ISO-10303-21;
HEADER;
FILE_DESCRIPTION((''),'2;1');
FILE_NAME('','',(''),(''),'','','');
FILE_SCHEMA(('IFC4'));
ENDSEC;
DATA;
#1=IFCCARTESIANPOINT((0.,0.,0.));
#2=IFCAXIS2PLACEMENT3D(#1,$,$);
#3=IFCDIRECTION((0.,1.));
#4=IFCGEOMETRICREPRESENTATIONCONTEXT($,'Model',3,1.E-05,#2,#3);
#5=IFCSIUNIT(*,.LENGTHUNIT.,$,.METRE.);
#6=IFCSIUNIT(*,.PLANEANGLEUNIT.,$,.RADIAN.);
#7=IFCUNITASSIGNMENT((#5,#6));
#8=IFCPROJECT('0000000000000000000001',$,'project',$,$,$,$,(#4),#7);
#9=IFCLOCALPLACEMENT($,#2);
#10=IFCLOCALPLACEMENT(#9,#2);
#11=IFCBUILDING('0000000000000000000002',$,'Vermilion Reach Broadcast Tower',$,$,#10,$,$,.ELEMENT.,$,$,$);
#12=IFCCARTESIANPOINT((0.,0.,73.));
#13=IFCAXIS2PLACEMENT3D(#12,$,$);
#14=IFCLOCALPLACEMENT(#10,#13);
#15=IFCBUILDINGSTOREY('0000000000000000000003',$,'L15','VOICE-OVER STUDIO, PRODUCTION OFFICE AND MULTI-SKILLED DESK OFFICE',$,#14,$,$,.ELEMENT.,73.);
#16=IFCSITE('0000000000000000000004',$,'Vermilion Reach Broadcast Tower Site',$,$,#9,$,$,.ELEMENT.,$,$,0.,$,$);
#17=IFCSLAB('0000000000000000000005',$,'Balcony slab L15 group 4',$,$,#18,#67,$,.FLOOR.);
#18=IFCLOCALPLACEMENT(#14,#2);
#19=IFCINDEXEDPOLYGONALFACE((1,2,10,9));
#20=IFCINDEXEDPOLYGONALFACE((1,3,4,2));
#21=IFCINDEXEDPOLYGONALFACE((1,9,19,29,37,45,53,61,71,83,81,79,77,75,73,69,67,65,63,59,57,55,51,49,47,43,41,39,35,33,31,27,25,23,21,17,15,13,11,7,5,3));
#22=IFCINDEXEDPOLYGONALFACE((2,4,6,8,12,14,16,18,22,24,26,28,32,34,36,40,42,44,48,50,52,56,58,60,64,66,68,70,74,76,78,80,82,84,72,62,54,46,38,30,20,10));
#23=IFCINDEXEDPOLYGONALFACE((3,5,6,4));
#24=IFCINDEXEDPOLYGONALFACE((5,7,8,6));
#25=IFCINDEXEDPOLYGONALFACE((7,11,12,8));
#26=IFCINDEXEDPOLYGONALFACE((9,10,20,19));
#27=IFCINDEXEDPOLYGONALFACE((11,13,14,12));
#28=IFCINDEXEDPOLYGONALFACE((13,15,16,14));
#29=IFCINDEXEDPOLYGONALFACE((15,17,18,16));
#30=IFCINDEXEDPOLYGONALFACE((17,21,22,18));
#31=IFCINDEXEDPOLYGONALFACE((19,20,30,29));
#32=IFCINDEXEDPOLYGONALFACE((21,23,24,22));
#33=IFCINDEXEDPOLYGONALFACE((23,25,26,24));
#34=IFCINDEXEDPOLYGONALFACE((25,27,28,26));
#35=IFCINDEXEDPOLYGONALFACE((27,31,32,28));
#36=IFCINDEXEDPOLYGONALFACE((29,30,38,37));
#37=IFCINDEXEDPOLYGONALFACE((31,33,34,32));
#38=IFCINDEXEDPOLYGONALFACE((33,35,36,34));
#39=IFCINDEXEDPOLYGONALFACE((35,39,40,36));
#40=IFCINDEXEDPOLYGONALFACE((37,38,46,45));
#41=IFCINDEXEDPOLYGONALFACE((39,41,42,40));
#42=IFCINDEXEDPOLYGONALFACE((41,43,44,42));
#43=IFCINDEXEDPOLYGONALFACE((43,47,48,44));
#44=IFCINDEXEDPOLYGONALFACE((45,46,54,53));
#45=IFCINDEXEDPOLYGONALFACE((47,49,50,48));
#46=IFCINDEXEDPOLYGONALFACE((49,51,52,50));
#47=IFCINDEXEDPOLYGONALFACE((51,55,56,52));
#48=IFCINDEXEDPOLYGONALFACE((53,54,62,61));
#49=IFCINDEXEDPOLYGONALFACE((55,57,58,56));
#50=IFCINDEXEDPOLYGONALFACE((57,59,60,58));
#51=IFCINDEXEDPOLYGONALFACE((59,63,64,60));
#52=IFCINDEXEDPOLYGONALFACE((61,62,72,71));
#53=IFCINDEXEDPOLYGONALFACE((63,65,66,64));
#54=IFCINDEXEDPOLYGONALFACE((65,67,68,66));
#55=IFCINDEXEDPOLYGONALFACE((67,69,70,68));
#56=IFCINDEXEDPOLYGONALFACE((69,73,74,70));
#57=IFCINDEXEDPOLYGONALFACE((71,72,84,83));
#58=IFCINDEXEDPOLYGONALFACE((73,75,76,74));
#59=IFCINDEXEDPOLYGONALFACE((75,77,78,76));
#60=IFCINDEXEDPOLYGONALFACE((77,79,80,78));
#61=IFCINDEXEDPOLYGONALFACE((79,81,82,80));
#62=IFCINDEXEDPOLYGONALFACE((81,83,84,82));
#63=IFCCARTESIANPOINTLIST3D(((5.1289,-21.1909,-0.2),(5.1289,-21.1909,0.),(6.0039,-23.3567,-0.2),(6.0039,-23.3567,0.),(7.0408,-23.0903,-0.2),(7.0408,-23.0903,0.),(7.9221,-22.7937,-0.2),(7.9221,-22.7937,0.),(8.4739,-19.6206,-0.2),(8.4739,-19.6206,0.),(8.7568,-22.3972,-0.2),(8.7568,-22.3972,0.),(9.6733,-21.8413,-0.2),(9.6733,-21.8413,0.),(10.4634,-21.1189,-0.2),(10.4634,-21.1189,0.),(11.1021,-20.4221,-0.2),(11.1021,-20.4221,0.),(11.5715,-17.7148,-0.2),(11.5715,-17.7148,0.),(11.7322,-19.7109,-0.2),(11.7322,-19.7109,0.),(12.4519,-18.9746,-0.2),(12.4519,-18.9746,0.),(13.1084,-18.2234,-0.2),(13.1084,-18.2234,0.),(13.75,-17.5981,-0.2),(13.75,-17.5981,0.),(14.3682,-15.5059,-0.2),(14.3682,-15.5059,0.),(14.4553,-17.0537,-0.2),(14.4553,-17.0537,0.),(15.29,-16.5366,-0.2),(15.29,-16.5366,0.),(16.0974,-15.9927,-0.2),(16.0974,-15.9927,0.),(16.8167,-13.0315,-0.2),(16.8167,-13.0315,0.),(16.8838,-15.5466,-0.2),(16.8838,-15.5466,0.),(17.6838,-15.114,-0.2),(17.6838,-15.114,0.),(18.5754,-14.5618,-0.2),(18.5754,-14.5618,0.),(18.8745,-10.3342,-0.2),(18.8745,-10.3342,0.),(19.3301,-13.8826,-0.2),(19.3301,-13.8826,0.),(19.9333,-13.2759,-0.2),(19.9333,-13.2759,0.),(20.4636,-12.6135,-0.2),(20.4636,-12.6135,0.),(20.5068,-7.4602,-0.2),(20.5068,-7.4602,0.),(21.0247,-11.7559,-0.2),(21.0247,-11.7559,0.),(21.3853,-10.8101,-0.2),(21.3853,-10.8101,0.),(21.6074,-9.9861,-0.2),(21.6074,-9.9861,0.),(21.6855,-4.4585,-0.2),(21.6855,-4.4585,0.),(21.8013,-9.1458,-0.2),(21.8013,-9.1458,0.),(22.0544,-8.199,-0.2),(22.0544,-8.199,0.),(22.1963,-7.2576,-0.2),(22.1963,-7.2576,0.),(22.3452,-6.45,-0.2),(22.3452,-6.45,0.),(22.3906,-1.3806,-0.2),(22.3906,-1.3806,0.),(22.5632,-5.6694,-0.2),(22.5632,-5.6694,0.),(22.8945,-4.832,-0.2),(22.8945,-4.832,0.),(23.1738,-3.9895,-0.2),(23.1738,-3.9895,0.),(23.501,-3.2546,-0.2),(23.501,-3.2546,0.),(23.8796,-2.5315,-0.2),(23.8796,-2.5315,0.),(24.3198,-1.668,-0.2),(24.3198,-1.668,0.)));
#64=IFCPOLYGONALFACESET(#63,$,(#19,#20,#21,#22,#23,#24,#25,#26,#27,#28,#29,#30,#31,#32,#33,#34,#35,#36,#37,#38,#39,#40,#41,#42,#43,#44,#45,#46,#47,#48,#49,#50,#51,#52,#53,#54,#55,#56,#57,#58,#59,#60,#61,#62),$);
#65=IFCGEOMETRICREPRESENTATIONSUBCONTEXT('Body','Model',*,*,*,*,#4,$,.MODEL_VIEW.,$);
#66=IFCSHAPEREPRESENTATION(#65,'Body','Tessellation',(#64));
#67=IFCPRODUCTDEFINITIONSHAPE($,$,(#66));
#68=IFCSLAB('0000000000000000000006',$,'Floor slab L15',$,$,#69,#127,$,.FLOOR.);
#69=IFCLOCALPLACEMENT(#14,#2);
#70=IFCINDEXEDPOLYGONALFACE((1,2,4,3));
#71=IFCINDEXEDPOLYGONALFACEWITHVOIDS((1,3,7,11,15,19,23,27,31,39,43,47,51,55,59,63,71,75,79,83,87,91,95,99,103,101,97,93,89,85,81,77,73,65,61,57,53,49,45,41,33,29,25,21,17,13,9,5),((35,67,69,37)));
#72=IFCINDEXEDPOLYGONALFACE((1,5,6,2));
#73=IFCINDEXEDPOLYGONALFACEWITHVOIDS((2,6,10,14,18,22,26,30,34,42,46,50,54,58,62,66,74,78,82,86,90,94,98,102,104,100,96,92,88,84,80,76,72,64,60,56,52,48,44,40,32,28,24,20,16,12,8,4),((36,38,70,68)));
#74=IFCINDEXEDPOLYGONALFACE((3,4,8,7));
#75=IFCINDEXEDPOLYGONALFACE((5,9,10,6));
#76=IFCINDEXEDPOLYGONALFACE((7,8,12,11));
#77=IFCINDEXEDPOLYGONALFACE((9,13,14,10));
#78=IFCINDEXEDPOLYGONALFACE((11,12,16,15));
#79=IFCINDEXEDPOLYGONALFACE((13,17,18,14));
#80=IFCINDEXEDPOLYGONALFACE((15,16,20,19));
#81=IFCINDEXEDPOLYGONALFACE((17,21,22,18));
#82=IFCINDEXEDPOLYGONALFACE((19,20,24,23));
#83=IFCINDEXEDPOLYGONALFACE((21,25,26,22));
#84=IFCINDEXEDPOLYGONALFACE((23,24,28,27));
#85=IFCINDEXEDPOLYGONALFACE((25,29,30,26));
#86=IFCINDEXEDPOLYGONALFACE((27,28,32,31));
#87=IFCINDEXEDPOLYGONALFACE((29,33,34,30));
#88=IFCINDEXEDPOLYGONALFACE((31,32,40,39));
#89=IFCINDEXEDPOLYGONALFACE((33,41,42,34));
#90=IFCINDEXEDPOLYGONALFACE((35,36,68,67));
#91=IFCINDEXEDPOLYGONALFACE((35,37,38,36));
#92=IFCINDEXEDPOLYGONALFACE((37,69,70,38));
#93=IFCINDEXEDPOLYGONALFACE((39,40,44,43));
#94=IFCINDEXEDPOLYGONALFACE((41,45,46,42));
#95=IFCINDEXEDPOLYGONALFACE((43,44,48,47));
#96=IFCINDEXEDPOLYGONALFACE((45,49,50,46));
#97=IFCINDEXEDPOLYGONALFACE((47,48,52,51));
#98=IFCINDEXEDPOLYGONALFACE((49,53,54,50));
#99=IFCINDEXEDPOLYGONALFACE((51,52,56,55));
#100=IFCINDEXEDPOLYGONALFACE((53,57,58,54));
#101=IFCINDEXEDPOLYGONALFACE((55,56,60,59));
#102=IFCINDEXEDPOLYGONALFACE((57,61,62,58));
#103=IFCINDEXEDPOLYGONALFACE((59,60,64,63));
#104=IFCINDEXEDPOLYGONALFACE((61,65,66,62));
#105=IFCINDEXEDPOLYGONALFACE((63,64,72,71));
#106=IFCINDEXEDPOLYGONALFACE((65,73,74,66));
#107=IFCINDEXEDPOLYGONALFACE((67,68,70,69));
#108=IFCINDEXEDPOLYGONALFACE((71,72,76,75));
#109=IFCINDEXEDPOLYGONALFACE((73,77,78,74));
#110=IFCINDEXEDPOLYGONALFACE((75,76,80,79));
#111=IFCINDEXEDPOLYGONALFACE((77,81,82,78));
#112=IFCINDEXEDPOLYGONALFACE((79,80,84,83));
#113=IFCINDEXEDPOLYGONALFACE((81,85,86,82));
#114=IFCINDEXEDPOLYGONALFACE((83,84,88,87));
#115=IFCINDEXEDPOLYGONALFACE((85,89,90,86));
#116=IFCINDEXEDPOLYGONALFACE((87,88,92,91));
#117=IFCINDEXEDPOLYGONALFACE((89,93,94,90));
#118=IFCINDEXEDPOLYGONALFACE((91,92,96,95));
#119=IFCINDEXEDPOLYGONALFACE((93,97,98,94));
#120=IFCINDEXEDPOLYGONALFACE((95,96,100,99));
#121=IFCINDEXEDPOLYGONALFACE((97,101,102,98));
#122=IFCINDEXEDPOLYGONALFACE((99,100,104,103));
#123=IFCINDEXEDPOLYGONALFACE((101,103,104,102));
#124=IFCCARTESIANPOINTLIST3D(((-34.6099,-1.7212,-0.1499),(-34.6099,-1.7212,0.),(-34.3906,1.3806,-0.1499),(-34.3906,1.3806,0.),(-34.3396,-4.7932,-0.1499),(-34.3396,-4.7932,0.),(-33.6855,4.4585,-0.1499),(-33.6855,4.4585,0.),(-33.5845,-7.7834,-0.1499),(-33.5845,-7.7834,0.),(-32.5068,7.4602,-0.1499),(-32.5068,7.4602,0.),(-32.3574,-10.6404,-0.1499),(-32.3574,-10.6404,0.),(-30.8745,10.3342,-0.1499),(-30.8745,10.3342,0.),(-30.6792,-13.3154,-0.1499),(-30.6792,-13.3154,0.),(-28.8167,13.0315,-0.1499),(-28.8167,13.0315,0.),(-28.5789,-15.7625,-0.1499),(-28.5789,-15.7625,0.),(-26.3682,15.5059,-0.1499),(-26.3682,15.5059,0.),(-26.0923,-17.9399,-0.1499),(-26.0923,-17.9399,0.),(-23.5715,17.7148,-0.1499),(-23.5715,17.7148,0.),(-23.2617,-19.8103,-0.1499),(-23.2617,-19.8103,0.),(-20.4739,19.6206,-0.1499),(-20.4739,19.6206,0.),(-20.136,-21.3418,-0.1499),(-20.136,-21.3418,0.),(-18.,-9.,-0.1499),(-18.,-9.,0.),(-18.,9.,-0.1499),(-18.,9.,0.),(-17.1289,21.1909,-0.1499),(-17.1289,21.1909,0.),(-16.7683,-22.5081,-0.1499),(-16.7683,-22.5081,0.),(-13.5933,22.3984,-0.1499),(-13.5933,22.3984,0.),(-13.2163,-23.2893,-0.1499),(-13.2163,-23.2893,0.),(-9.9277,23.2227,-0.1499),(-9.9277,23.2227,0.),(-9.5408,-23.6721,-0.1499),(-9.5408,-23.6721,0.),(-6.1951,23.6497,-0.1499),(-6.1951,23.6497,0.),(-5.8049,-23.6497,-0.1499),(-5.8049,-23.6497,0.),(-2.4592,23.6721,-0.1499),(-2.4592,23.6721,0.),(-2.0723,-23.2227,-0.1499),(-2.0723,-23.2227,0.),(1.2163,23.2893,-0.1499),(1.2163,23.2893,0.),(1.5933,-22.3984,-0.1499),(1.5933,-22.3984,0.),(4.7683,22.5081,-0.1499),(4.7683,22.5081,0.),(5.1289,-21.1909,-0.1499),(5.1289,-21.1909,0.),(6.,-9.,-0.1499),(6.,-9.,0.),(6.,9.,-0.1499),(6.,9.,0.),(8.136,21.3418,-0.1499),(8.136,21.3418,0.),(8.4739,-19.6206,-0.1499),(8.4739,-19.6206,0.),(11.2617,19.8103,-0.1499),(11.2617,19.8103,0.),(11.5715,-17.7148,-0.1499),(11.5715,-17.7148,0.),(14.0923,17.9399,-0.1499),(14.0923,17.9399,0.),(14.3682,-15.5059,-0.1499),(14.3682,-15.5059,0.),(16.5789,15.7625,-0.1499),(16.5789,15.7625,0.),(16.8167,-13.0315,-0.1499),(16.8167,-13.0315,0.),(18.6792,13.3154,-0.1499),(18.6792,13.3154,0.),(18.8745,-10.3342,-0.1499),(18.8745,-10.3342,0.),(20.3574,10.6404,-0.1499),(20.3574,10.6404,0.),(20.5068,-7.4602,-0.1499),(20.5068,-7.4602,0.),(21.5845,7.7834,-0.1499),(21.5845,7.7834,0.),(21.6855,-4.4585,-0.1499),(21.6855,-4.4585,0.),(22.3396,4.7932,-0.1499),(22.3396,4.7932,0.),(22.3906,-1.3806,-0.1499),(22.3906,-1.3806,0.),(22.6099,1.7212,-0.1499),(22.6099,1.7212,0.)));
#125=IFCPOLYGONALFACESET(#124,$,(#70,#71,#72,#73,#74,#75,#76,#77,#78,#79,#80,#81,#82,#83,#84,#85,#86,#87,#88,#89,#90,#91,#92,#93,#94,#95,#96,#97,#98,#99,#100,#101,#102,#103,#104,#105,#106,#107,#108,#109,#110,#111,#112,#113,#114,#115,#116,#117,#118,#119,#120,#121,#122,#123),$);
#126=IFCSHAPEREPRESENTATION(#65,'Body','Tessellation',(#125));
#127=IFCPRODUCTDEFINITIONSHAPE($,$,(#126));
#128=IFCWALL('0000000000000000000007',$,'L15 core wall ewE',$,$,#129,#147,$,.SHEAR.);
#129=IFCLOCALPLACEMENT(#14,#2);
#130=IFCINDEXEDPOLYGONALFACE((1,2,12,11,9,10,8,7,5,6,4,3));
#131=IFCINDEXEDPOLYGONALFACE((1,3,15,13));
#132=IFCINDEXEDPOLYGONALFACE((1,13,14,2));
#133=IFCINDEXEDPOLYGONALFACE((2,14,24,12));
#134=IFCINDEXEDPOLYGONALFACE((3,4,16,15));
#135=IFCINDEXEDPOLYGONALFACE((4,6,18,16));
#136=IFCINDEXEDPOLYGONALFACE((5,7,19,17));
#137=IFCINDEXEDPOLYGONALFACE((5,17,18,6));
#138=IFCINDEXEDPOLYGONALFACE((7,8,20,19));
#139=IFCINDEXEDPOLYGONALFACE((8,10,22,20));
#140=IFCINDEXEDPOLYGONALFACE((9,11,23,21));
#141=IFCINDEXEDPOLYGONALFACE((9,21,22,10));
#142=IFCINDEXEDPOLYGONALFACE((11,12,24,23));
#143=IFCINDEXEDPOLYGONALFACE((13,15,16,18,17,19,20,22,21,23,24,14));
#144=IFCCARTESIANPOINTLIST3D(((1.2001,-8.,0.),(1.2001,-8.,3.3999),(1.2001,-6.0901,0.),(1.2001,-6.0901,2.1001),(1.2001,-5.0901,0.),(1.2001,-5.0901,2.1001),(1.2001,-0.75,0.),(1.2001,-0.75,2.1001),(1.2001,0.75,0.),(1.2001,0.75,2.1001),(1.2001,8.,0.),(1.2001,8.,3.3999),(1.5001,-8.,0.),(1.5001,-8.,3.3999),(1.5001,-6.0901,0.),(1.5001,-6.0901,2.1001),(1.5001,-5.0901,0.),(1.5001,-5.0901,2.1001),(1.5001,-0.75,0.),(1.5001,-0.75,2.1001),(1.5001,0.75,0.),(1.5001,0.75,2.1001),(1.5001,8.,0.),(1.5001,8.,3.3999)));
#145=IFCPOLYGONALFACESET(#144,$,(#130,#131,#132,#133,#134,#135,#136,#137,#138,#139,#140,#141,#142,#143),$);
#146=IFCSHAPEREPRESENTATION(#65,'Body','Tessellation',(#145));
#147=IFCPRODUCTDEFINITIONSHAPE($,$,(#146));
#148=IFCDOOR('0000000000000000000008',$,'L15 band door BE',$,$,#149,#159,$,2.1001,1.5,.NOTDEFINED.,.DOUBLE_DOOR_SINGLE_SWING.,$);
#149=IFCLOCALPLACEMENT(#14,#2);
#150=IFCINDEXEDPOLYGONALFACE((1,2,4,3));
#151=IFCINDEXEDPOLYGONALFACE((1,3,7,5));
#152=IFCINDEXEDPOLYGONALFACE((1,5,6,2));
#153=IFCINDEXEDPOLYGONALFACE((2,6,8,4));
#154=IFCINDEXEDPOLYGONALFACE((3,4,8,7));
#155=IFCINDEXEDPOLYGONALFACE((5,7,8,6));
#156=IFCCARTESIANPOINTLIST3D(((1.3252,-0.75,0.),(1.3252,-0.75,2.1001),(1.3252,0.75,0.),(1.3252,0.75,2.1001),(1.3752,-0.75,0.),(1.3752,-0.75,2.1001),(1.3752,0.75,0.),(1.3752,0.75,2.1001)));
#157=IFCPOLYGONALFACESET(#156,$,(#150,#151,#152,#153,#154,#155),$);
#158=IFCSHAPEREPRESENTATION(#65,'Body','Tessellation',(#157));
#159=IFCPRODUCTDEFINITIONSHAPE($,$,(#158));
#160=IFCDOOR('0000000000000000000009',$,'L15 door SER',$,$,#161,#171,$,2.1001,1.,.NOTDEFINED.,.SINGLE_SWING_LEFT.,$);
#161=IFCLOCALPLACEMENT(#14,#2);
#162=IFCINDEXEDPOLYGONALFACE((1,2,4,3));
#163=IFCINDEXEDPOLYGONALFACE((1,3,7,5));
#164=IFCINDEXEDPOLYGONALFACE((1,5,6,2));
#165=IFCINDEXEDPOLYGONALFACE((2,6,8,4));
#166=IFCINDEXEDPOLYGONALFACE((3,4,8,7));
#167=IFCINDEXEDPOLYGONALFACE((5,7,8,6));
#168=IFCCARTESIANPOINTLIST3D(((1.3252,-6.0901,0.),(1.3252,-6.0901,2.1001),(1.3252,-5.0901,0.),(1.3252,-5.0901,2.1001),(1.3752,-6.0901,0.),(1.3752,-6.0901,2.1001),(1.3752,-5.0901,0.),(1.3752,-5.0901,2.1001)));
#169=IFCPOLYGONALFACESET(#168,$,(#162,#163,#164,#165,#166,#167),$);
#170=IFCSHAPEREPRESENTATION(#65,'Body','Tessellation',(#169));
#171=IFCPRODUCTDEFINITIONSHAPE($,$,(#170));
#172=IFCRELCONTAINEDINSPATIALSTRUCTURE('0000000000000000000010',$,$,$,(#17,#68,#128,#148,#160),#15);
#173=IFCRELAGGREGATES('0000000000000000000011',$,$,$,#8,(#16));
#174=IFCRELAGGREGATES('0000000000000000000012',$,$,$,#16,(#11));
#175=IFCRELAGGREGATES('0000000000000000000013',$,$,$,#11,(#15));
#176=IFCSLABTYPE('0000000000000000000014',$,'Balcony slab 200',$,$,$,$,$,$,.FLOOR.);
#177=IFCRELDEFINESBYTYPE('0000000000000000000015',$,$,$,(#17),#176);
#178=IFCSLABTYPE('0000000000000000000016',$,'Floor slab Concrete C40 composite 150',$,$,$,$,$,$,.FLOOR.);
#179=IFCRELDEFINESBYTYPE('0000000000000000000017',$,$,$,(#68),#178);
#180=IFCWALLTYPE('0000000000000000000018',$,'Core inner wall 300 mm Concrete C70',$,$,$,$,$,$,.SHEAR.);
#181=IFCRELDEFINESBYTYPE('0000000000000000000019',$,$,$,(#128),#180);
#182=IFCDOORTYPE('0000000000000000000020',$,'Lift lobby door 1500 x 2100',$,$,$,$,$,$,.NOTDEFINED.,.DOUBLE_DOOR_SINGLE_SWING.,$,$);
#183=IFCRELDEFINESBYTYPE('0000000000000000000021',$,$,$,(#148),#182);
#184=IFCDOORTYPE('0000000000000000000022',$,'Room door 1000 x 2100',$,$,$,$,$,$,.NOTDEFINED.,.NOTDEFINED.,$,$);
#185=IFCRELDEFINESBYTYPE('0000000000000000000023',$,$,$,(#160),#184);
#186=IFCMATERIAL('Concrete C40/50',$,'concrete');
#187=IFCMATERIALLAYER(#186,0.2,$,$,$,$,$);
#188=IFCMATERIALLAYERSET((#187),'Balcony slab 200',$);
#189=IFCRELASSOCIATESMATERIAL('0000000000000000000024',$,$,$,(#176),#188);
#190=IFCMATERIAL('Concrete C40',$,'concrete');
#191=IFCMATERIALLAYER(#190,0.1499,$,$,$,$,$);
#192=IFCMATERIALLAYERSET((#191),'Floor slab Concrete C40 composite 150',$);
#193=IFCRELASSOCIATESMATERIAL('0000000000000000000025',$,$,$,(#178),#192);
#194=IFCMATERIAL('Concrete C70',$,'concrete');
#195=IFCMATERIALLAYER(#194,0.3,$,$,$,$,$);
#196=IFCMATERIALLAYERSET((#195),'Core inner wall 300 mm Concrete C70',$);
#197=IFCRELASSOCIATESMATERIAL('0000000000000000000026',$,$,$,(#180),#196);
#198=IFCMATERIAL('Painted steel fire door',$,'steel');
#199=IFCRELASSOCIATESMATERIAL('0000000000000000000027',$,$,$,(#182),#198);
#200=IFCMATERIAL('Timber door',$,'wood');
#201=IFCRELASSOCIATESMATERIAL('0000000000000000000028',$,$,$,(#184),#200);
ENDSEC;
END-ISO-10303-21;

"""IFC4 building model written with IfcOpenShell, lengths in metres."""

from ifc_helpers import new_model, si_unit, direction, frame, frame_2d, origin, place, context, subcontext, project, spatial, polyline, rectangle, outline, extrude, material, layer, layer_set, type_object, element, fill, save


model = new_model("IFC4")

# Units and contexts
model_context = context("Model", 3, precision=1e-05, world=origin(), true_north=direction((0.0, 1.0)))
body_context = subcontext(model_context, "Body", "Model", "MODEL_VIEW")
ifc_project = project(units=[si_unit("LENGTHUNIT", "METRE"), si_unit("PLANEANGLEUNIT", "RADIAN")], contexts=[model_context])

# Site, building, storey
site_placement = place(None, origin())
site = spatial("IfcSite", under=ifc_project, at=site_placement, Name="Vermilion Reach Broadcast Tower Site", CompositionType="ELEMENT", RefElevation=0.0)
building_placement = place(site_placement, origin())
building = spatial("IfcBuilding", under=site, at=building_placement, Name="Vermilion Reach Broadcast Tower", CompositionType="ELEMENT")
storey_placement = place(building_placement, frame((0.0, 0.0, 73.0)))
storey = spatial("IfcBuildingStorey", under=building, at=storey_placement, Name="L15", Description="VOICE-OVER STUDIO, PRODUCTION OFFICE AND MULTI-SKILLED DESK OFFICE", CompositionType="ELEMENT", Elevation=73.0)

# Slabs
ifc_material_1 = material(Name="Concrete C40/50", Category="concrete")
ifc_layer_1 = layer(ifc_material_1, 0.2)
ifc_layer_set_1 = layer_set([ifc_layer_1], Name="Balcony slab 200")
slab_type_1 = type_object("IfcSlabType", Name="Balcony slab 200", PredefinedType="FLOOR", material=ifc_layer_set_1)
placement_1 = place(storey_placement, frame((0.0, 0.0, -0.2)))
element("IfcSlab", 1, at=placement_1, inside=storey, type_object=slab_type_1, Name="Balcony slab L15 group 4", PredefinedType="FLOOR", context=body_context, shape_type="SweptSolid", body=[
    extrude(outline(polyline([(5.1289, -21.1909), (8.4739, -19.6206), (11.5715, -17.7148), (14.3682, -15.5059), (16.8167, -13.0315), (18.8745, -10.3342), (20.5068, -7.4602), (21.6855, -4.4585), (22.3906, -1.3806), (24.3198, -1.668), (23.8796, -2.5315), (23.501, -3.2546), (23.1738, -3.9895), (22.8945, -4.832), (22.5632, -5.6694), (22.3452, -6.45), (22.1963, -7.2576), (22.0544, -8.199), (21.8013, -9.1458), (21.6074, -9.9861), (21.3853, -10.8101), (21.0247, -11.7559), (20.4636, -12.6135), (19.9333, -13.2759), (19.3301, -13.8826), (18.5754, -14.5618), (17.6838, -15.114), (16.8838, -15.5466), (16.0974, -15.9927), (15.29, -16.5366), (14.4553, -17.0537), (13.75, -17.5981), (13.1084, -18.2234), (12.4519, -18.9746), (11.7322, -19.7109), (11.1021, -20.4221), (10.4634, -21.1189), (9.6733, -21.8413), (8.7568, -22.3972), (7.9221, -22.7937), (7.0408, -23.0903), (6.0039, -23.3567), (5.1289, -21.1909)])), origin(), (0.0, 0.0, 1.0), 0.2),
])
ifc_material_2 = material(Name="Concrete C40", Category="concrete")
ifc_layer_2 = layer(ifc_material_2, 0.1499)
ifc_layer_set_2 = layer_set([ifc_layer_2], Name="Floor slab Concrete C40 composite 150")
slab_type_2 = type_object("IfcSlabType", Name="Floor slab Concrete C40 composite 150", PredefinedType="FLOOR", material=ifc_layer_set_2)
slab_1_placement = place(storey_placement, frame((0.0, 0.0, -0.1499)))
element("IfcSlab", 2, at=slab_1_placement, inside=storey, type_object=slab_type_2, Name="Floor slab L15", PredefinedType="FLOOR", context=body_context, shape_type="SweptSolid", body=[
    extrude(outline(polyline([(22.3396, 4.7932), (21.5845, 7.7834), (20.3574, 10.6404), (18.6792, 13.3154), (16.5789, 15.7625), (14.0923, 17.9399), (11.2617, 19.8103), (8.136, 21.3418), (4.7683, 22.5081), (1.2163, 23.2893), (-2.4592, 23.6721), (-6.1951, 23.6497), (-9.9277, 23.2227), (-13.5933, 22.3984), (-17.1289, 21.1909), (-20.4739, 19.6206), (-23.5715, 17.7148), (-26.3682, 15.5059), (-28.8167, 13.0315), (-30.8745, 10.3342), (-32.5068, 7.4602), (-33.6855, 4.4585), (-34.3906, 1.3806), (-34.6099, -1.7212), (-34.3396, -4.7932), (-33.5845, -7.7834), (-32.3574, -10.6404), (-30.6792, -13.3154), (-28.5789, -15.7625), (-26.0923, -17.9399), (-23.2617, -19.8103), (-20.136, -21.3418), (-16.7683, -22.5081), (-13.2163, -23.2893), (-9.5408, -23.6721), (-5.8049, -23.6497), (-2.0723, -23.2227), (1.5933, -22.3984), (5.1289, -21.1909), (8.4739, -19.6206), (11.5715, -17.7148), (14.3682, -15.5059), (16.8167, -13.0315), (18.8745, -10.3342), (20.5068, -7.4602), (21.6855, -4.4585), (22.3906, -1.3806), (22.6099, 1.7212), (22.3396, 4.7932)]), holes=[polyline([(-18.0, -9.0), (6.0, -9.0), (6.0, 9.0), (-18.0, 9.0), (-18.0, -9.0)])]), origin(), (0.0, 0.0, 1.0), 0.1499),
])

# Wall, openings, doors
ifc_material_3 = material(Name="Concrete C70", Category="concrete")
ifc_layer_3 = layer(ifc_material_3, 0.3)
ifc_layer_set_3 = layer_set([ifc_layer_3], Name="Core inner wall 300 mm Concrete C70")
wall_type_1 = type_object("IfcWallType", Name="Core inner wall 300 mm Concrete C70", PredefinedType="SHEAR", material=ifc_layer_set_3)
wall_1_placement = place(storey_placement, frame((1.3501, -8.0, 0.0), z_axis=(0.0, 0.0, 1.0), x_axis=(0.0, 1.0, 0.0)))
wall_1 = element("IfcWall", 3, at=wall_1_placement, inside=storey, type_object=wall_type_1, Name="L15 core wall ewE", PredefinedType="SHEAR", context=body_context, shape_type="SweptSolid", body=[
    extrude(rectangle(XDim=16.0, YDim=0.3, at=frame_2d((8.0, 0.0))), origin(), (0.0, 0.0, 1.0), 3.3999),
])
opening_1_placement = place(wall_1_placement, frame((1.9099, 0.0, 0.0)))
opening_1 = element("IfcOpeningElement", 4, at=opening_1_placement, cuts=wall_1, PredefinedType="OPENING", context=body_context, shape_type="SweptSolid", body=[
    extrude(rectangle(XDim=1.0, YDim=2.1001, at=frame_2d((0.5, 1.05))), frame((0.0, 0.1599, 0.0), z_axis=(0.0, -1.0, 0.0), x_axis=(1.0, 0.0, 0.0)), (0.0, 0.0, 1.0), 0.3201),
])
opening_2_placement = place(wall_1_placement, frame((7.25, 0.0, 0.0)))
opening_2 = element("IfcOpeningElement", 5, at=opening_2_placement, cuts=wall_1, PredefinedType="OPENING", context=body_context, shape_type="SweptSolid", body=[
    extrude(rectangle(XDim=1.5, YDim=2.1001, at=frame_2d((0.75, 1.05))), frame((0.0, 0.1599, 0.0), z_axis=(0.0, -1.0, 0.0), x_axis=(1.0, 0.0, 0.0)), (0.0, 0.0, 1.0), 0.3201),
])
ifc_material_4 = material(Name="Painted steel fire door", Category="steel")
door_type_1 = type_object("IfcDoorType", Name="Lift lobby door 1500 x 2100", OperationType="DOUBLE_DOOR_SINGLE_SWING", PredefinedType="NOTDEFINED", material=ifc_material_4)
door_1_placement = place(opening_2_placement, origin())
door_1 = element("IfcDoor", 6, at=door_1_placement, inside=storey, type_object=door_type_1, Name="L15 band door BE", OperationType="DOUBLE_DOOR_SINGLE_SWING", OverallHeight=2.1001, OverallWidth=1.5, PredefinedType="NOTDEFINED", context=body_context, shape_type="SweptSolid", body=[
    extrude(rectangle(XDim=1.5, YDim=2.1001, at=frame_2d((0.75, 1.05))), frame((0.0, 0.0249, 0.0), z_axis=(0.0, -1.0, 0.0), x_axis=(1.0, 0.0, 0.0)), (0.0, 0.0, 1.0), 0.05),
])
fill(opening_2, door_1)
ifc_material_5 = material(Name="Timber door", Category="wood")
door_type_2 = type_object("IfcDoorType", Name="Room door 1000 x 2100", OperationType="NOTDEFINED", PredefinedType="NOTDEFINED", material=ifc_material_5)
door_2_placement = place(opening_1_placement, origin())
door_2 = element("IfcDoor", 7, at=door_2_placement, inside=storey, type_object=door_type_2, Name="L15 door SER", OperationType="SINGLE_SWING_LEFT", OverallHeight=2.1001, OverallWidth=1.0, PredefinedType="NOTDEFINED", context=body_context, shape_type="SweptSolid", body=[
    extrude(rectangle(XDim=1.0, YDim=2.1001, at=frame_2d((0.5, 1.05))), frame((0.0, 0.0249, 0.0), z_axis=(0.0, -1.0, 0.0), x_axis=(1.0, 0.0, 0.0)), (0.0, 0.0, 1.0), 0.05),
])
fill(opening_1, door_2)

save(model, "model.ifc")
